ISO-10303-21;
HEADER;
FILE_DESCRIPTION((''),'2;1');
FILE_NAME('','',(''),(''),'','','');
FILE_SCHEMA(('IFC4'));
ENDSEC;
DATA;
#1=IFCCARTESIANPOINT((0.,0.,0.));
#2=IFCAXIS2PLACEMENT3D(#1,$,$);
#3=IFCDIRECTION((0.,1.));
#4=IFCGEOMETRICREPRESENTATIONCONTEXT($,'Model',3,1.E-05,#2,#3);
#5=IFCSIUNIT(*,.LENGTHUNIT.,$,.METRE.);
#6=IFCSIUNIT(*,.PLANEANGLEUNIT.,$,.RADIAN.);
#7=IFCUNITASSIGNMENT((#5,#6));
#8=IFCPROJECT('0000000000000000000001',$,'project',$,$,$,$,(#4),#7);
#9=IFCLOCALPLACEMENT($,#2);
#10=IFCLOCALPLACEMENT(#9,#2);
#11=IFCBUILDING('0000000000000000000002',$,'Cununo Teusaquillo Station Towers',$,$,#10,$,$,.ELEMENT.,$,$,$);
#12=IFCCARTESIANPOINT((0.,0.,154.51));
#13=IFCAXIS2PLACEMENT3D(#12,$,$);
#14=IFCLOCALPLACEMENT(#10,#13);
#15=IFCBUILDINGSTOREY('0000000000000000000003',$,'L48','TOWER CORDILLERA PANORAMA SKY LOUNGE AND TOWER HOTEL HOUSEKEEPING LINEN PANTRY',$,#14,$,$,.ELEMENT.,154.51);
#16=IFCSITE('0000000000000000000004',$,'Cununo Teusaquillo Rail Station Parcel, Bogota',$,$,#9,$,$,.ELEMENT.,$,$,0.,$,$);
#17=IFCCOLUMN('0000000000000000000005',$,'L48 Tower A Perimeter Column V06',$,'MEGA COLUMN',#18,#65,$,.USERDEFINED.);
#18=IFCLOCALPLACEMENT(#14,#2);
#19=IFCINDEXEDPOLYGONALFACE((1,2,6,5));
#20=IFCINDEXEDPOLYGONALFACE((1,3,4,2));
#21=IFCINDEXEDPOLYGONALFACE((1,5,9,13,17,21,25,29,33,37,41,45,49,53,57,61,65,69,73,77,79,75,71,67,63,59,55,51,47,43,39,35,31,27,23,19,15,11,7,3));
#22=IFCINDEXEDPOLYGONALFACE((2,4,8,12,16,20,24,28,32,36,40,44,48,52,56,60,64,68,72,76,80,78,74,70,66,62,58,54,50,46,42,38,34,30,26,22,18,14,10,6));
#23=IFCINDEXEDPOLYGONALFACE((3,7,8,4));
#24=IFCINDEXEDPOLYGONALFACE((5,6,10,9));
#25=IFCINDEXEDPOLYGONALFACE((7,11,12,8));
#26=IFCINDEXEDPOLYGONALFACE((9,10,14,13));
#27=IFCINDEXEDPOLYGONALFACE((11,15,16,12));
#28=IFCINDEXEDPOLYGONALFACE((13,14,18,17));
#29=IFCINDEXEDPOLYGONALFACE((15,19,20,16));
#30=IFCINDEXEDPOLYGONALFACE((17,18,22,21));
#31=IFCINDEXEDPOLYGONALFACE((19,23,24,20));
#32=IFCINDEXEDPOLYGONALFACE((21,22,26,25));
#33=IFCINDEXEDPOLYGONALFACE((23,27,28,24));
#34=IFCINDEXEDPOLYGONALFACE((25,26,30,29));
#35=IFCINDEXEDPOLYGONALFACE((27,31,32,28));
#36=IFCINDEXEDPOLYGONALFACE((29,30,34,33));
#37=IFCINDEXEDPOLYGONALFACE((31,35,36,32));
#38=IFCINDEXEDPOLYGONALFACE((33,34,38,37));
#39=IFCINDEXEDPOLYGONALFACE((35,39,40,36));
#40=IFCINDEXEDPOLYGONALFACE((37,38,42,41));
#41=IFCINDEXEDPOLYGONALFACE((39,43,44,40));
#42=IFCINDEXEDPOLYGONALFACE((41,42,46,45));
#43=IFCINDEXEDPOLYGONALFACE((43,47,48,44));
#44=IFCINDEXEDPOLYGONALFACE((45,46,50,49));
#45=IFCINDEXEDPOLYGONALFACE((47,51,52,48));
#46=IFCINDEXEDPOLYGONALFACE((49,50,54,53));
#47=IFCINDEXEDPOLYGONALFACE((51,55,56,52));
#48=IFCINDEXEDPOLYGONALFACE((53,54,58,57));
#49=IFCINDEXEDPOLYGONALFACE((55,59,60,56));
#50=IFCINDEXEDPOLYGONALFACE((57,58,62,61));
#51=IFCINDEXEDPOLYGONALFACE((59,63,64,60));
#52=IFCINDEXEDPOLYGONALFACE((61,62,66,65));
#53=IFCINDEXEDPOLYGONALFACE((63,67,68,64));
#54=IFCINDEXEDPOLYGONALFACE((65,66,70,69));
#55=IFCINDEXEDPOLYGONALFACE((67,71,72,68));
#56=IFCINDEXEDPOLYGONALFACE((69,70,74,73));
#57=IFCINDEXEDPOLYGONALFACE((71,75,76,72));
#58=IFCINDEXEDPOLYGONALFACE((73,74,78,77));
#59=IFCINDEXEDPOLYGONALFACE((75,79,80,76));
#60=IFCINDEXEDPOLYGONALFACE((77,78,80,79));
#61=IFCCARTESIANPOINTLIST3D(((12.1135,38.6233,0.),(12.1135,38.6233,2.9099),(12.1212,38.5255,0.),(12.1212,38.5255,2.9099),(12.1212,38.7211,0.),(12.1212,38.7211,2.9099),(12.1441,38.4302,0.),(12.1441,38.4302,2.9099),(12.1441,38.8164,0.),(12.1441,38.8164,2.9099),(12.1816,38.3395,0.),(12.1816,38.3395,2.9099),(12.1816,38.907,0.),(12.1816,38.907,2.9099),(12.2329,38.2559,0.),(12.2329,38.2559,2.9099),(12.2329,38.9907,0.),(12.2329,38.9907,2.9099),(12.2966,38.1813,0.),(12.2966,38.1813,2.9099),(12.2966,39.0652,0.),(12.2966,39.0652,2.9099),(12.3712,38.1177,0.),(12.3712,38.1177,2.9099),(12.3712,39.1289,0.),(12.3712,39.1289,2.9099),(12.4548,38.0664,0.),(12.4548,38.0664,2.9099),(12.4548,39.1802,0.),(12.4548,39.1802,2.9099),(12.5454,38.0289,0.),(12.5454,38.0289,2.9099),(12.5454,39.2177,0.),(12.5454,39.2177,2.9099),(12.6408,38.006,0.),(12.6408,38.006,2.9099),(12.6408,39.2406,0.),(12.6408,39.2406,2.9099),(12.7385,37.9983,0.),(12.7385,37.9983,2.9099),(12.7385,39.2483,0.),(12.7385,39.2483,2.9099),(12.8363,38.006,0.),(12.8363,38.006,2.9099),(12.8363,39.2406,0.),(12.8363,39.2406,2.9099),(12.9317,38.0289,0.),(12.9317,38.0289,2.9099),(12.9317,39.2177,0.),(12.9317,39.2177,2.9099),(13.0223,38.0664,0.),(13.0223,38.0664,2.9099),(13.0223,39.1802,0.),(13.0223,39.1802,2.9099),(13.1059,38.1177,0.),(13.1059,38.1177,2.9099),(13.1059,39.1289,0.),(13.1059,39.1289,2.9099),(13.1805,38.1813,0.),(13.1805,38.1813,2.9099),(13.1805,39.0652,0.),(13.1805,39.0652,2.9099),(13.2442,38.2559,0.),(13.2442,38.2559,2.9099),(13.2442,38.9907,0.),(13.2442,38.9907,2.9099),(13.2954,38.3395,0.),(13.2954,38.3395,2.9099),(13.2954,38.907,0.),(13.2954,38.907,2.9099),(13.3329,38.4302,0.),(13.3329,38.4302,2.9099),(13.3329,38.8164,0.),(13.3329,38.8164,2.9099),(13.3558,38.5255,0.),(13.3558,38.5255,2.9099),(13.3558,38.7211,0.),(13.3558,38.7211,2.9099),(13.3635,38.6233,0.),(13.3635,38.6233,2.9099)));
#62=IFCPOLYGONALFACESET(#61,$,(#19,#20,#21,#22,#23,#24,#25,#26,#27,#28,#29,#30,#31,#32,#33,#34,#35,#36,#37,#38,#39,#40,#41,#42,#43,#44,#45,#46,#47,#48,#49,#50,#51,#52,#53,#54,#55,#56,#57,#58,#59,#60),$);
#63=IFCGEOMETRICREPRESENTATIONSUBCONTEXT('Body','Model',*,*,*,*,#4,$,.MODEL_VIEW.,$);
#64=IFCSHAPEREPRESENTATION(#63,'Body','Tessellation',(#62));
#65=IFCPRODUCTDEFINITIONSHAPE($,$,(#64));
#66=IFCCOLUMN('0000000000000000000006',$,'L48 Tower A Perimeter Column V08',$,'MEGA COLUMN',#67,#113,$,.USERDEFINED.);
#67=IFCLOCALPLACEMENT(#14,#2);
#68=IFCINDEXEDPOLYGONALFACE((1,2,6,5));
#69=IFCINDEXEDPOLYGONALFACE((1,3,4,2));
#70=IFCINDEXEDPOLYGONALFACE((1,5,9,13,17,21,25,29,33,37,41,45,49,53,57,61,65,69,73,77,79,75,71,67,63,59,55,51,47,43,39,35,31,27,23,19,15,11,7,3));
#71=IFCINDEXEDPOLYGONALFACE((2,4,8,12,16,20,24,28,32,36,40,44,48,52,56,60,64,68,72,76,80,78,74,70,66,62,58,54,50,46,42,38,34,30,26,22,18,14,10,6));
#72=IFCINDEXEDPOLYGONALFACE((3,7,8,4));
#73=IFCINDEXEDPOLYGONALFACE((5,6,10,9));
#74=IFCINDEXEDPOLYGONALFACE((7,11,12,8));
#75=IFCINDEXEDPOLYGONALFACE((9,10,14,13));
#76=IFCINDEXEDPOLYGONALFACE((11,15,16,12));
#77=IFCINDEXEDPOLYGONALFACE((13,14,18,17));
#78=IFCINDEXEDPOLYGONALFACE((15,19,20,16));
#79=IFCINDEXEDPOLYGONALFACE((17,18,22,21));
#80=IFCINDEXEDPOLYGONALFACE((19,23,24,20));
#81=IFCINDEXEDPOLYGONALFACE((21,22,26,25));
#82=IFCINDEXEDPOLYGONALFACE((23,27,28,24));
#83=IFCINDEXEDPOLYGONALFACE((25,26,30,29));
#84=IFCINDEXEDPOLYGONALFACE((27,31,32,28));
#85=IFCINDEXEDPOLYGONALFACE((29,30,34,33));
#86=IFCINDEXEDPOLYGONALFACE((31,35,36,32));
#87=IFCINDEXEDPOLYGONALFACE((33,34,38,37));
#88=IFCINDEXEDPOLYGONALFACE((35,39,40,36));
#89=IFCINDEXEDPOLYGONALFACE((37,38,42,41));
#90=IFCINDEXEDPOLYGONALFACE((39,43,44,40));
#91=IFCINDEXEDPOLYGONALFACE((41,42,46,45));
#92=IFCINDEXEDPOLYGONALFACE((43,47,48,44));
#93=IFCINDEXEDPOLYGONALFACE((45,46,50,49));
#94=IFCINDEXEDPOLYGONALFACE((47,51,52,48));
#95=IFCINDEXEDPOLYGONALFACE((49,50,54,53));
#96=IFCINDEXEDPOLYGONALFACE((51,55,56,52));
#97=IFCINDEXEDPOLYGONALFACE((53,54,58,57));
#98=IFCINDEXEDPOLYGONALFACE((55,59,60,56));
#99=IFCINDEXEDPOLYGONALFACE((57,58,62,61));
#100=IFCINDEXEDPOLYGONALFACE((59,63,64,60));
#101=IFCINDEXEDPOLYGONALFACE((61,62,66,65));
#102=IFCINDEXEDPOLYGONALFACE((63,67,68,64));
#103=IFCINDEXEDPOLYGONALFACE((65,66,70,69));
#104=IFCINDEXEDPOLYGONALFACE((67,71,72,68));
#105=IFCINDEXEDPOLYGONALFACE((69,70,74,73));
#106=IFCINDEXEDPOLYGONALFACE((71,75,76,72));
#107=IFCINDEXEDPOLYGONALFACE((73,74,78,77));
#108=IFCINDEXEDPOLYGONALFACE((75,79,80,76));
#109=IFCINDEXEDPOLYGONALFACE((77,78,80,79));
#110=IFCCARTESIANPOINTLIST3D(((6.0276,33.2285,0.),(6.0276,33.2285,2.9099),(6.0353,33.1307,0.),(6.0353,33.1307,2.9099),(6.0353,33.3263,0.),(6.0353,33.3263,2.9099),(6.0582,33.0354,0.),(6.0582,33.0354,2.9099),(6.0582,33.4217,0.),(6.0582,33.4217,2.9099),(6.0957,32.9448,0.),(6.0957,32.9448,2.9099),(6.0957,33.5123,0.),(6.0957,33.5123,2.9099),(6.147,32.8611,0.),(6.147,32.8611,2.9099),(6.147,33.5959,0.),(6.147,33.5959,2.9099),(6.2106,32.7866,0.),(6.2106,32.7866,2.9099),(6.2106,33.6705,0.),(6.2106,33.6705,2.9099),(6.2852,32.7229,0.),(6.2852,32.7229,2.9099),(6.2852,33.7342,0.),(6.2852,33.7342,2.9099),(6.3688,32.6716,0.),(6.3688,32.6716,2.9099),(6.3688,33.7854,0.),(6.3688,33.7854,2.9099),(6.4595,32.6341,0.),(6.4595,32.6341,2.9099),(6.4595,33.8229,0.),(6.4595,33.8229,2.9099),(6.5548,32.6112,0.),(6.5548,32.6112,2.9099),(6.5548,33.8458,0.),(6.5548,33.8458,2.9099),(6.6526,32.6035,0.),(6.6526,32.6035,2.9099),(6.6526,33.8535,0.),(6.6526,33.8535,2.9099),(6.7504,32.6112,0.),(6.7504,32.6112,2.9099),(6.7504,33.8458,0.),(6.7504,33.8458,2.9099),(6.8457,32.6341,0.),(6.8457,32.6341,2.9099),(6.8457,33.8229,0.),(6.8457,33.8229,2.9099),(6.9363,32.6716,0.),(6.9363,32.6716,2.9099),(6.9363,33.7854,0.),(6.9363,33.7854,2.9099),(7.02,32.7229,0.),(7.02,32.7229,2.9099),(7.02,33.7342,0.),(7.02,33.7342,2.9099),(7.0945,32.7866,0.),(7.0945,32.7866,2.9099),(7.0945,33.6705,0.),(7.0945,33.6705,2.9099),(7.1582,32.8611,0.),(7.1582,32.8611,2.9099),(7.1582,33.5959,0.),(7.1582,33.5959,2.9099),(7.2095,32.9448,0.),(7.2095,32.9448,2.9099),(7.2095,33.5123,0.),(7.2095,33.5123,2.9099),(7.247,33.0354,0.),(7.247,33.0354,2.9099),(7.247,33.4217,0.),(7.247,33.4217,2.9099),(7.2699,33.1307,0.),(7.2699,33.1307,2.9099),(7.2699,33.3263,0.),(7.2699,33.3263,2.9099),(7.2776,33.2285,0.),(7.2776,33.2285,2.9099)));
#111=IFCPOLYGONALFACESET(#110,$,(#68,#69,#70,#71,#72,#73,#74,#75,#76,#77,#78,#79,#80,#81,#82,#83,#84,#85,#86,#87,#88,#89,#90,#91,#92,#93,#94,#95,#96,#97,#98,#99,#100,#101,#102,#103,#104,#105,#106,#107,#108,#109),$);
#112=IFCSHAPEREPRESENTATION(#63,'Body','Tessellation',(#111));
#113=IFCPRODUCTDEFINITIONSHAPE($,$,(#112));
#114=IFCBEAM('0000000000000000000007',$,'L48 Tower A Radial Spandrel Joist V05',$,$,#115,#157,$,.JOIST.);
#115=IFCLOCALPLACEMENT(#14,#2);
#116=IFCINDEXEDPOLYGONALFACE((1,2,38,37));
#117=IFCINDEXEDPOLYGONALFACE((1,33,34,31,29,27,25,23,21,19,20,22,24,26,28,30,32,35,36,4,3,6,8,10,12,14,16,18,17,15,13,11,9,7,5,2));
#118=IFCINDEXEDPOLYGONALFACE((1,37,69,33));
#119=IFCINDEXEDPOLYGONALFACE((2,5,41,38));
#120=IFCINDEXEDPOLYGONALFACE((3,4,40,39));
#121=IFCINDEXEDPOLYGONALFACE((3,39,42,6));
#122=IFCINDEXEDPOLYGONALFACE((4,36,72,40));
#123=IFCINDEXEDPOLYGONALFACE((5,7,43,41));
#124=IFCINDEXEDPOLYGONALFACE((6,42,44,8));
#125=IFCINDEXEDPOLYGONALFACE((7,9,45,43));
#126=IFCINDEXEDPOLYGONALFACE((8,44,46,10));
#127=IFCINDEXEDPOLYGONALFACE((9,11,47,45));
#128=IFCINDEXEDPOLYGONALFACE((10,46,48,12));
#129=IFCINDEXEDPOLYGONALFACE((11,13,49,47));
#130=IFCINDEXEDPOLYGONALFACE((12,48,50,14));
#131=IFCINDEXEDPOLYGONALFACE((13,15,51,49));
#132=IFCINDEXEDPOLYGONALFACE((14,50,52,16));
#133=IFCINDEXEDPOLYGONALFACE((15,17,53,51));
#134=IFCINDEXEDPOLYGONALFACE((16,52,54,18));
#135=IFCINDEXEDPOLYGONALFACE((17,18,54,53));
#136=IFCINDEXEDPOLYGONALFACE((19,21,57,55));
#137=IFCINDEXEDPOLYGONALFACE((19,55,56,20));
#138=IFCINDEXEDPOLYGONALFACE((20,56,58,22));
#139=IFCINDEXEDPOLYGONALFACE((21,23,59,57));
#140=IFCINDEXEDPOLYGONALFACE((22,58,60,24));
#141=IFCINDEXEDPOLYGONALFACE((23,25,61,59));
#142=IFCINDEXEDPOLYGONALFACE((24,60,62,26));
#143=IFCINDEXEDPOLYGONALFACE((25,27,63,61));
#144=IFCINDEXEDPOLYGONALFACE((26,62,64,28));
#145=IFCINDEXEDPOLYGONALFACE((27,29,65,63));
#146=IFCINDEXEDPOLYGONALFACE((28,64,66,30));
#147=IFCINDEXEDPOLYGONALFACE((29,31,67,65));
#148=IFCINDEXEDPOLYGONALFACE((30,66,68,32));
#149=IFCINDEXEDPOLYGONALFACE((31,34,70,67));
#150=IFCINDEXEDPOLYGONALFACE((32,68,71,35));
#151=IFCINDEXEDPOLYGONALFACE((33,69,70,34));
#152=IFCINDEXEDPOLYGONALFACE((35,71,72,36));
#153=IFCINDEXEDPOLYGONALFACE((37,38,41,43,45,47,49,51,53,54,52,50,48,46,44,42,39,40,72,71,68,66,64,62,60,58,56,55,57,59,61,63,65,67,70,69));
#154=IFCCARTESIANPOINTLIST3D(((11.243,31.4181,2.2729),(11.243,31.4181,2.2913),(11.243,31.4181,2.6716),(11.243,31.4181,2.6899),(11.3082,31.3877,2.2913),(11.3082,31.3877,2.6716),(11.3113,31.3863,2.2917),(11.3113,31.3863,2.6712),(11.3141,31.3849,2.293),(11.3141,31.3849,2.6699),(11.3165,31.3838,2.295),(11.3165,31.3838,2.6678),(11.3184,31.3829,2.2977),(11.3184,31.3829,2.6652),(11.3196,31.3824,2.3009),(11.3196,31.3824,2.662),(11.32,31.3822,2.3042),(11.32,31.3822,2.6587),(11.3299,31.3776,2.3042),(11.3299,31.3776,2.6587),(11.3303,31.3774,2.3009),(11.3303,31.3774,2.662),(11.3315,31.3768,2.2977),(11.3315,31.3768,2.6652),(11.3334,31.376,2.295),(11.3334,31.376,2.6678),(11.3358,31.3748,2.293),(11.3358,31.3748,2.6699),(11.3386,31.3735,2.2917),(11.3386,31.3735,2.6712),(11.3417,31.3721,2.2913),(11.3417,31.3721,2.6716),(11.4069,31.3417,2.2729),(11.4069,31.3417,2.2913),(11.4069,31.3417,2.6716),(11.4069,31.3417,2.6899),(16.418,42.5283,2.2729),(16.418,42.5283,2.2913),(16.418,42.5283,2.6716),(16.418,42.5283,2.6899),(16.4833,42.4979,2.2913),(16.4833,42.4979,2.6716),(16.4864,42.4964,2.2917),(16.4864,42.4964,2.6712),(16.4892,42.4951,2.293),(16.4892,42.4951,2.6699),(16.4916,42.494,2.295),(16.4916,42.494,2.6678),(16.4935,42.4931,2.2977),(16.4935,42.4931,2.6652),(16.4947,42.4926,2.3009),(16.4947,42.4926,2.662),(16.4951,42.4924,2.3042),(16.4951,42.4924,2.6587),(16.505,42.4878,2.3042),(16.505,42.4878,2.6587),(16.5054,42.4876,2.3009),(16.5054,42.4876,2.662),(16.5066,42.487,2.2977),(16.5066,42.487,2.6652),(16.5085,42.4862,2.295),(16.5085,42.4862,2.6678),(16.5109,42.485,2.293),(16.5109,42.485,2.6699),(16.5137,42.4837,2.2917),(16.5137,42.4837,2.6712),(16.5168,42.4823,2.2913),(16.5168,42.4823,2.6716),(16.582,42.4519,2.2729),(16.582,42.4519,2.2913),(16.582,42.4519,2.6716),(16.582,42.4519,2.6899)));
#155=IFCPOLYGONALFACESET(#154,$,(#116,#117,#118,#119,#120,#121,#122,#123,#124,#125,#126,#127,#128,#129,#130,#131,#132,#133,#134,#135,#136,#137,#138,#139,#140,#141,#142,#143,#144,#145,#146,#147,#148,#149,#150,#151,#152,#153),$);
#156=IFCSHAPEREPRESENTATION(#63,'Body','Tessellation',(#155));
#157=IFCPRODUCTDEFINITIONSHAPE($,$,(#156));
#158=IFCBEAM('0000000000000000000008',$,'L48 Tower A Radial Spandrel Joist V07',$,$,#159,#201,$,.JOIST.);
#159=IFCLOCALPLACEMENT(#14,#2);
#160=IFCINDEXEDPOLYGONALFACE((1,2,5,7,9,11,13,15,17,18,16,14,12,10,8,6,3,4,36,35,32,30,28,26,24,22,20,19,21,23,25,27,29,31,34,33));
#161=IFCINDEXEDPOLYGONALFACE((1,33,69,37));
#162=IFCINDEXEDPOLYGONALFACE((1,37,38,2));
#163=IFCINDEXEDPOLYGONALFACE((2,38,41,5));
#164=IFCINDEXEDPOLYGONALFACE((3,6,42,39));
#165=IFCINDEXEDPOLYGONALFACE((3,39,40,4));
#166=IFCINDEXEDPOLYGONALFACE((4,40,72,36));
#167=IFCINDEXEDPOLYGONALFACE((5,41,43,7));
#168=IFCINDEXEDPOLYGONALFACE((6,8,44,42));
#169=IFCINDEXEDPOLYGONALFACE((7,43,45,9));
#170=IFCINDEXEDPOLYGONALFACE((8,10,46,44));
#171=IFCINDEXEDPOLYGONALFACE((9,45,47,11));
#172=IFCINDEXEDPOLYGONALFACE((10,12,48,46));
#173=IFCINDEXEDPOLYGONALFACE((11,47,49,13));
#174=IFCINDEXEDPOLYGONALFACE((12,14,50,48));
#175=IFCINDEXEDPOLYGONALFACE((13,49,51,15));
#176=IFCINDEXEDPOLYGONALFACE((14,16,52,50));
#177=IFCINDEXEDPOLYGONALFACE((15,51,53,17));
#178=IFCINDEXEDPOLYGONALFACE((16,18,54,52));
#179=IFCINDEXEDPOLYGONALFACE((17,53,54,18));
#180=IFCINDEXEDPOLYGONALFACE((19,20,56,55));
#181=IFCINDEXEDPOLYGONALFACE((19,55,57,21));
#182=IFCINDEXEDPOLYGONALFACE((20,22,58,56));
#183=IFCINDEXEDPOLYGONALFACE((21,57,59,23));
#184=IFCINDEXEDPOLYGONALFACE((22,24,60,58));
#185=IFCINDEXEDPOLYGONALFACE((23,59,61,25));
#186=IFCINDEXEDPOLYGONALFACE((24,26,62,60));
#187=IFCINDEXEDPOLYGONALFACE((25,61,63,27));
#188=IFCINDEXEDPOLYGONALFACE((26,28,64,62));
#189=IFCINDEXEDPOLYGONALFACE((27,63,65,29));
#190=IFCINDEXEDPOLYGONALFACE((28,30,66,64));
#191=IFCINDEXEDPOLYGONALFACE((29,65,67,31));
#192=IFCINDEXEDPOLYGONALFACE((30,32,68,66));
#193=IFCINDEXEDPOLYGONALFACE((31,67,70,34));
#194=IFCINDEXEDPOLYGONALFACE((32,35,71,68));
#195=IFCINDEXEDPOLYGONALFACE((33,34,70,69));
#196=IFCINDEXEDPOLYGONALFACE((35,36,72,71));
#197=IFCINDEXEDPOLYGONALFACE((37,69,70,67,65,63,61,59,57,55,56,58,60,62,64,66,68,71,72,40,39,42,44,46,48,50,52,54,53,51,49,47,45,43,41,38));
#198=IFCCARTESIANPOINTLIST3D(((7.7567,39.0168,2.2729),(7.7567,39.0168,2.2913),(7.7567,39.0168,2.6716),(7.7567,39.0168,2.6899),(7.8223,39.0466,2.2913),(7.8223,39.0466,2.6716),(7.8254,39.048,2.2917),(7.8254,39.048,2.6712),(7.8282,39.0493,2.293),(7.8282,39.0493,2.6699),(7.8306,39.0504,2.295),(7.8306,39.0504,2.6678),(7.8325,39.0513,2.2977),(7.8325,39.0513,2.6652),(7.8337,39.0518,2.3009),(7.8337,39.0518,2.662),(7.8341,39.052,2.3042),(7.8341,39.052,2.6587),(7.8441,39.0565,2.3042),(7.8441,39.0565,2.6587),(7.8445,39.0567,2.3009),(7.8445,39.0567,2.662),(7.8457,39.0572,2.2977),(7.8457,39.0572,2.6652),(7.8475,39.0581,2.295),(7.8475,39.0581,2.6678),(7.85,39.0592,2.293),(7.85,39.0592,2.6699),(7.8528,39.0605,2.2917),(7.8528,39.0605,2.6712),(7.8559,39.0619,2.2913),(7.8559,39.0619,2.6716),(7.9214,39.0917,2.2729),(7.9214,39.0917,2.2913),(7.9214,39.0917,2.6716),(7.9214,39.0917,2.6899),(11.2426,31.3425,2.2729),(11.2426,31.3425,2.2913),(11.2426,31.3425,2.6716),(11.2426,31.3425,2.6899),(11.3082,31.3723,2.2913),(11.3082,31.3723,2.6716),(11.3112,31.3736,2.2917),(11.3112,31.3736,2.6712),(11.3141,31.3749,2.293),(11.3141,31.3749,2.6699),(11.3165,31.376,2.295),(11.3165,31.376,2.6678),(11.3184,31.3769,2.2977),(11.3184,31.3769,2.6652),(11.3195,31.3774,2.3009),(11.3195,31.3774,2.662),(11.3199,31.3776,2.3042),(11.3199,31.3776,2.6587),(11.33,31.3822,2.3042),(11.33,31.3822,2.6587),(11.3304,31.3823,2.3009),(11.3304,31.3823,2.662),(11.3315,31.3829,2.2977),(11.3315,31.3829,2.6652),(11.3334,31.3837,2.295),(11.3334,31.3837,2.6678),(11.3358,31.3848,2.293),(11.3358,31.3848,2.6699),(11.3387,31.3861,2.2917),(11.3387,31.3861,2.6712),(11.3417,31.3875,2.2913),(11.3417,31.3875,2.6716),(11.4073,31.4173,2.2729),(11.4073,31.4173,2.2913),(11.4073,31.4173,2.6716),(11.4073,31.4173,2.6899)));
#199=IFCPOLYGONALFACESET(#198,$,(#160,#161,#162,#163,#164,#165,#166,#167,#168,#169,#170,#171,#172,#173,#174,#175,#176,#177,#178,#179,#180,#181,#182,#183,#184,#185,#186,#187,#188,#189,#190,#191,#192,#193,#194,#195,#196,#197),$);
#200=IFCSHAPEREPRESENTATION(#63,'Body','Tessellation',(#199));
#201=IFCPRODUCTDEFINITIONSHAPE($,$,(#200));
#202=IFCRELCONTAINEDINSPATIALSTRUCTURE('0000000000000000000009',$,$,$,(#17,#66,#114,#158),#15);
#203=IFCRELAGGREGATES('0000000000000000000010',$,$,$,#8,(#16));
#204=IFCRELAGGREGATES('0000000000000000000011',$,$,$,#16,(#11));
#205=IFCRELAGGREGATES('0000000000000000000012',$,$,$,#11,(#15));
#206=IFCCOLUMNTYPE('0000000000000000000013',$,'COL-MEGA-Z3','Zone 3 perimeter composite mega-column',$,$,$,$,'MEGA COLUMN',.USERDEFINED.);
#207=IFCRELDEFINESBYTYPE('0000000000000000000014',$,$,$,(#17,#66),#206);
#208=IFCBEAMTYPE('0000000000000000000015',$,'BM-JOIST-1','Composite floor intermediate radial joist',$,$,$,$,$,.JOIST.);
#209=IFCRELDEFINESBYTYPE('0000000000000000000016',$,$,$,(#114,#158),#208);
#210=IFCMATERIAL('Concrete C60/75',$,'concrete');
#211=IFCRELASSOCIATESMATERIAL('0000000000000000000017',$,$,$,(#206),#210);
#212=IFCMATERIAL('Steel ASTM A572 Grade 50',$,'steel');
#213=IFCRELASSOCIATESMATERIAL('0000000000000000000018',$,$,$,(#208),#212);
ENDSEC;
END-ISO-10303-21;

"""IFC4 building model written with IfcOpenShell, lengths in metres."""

from ifc_helpers import new_model, si_unit, direction, frame, origin, origin_2d, place, context, subcontext, project, spatial, circle, i_section, extrude, material, material_profile, profile_set, type_object, element, save


model = new_model("IFC4")

# Units and contexts
model_context = context("Model", 3, precision=1e-05, world=origin(), true_north=direction((0.0, 1.0)))
body_context = subcontext(model_context, "Body", "Model", "MODEL_VIEW")
ifc_project = project(units=[si_unit("LENGTHUNIT", "METRE"), si_unit("PLANEANGLEUNIT", "RADIAN")], contexts=[model_context])

# Site, building, storey
site_placement = place(None, origin())
site = spatial("IfcSite", under=ifc_project, at=site_placement, Name="Cununo Teusaquillo Rail Station Parcel, Bogota", CompositionType="ELEMENT", RefElevation=0.0)
building_placement = place(site_placement, origin())
building = spatial("IfcBuilding", under=site, at=building_placement, Name="Cununo Teusaquillo Station Towers", CompositionType="ELEMENT")
storey_placement = place(building_placement, frame((0.0, 0.0, 154.51)))
storey = spatial("IfcBuildingStorey", under=building, at=storey_placement, Name="L48", Description="TOWER CORDILLERA PANORAMA SKY LOUNGE AND TOWER HOTEL HOUSEKEEPING LINEN PANTRY", CompositionType="ELEMENT", Elevation=154.51)

# Columns
ifc_material_1 = material(Name="Concrete C60/75", Category="concrete")
ifc_material_profile_1 = material_profile(ifc_material_1, circle(Radius=0.625, at=origin_2d()), Name="RC-CIRC-1250")
ifc_profile_set_1 = profile_set([ifc_material_profile_1], Name="Concrete C60/75")
column_type = type_object("IfcColumnType", Name="COL-MEGA-Z3", Description="Zone 3 perimeter composite mega-column", ElementType="MEGA COLUMN", PredefinedType="USERDEFINED", material=ifc_profile_set_1)
for number, where, z_axis, x_axis, name in (
    (1, (12.7385, 38.6233, 0.0), (0.0, 0.0, 1.0), (1.0, 0.0, 0.0), "L48 Tower A Perimeter Column V06"),
    (2, (6.6526, 33.2285, 0.0), (0.0, 0.0, 1.0), (1.0, 0.0, 0.0), "L48 Tower A Perimeter Column V08"),
):
    element("IfcColumn", number, at=place(storey_placement, frame(where, z_axis=z_axis, x_axis=x_axis)), inside=storey, type_object=column_type, Name=name, ObjectType="MEGA COLUMN", PredefinedType="USERDEFINED", context=body_context, shape_type="SweptSolid", body=[
        extrude(circle(Radius=0.625, at=origin_2d()), origin(), (0.0, 0.0, 1.0), 2.9099),
    ])

# Beams
ifc_material_2 = material(Name="Steel ASTM A572 Grade 50", Category="steel")
ifc_material_profile_2 = material_profile(ifc_material_2, i_section(OverallWidth=0.1809, OverallDepth=0.417, WebThickness=0.011, FlangeThickness=0.0183, FilletRadius=0.0129, at=origin_2d()), Name="W16X57")
ifc_profile_set_2 = profile_set([ifc_material_profile_2], Name="Steel ASTM A572 Grade 50")
beam_type_1 = type_object("IfcBeamType", Name="BM-JOIST-1", Description="Composite floor intermediate radial joist", PredefinedType="JOIST", material=ifc_profile_set_2)
beam_1_placement = place(storey_placement, frame((11.325, 31.3799, 2.4814), z_axis=(0.422238, 0.906485, 0.0), x_axis=(-0.906485, 0.422238, 0.0)))
element("IfcBeam", 3, at=beam_1_placement, inside=storey, type_object=beam_type_1, Name="L48 Tower A Radial Spandrel Joist V05", PredefinedType="JOIST", context=body_context, shape_type="SweptSolid", body=[
    extrude(i_section(OverallWidth=0.1809, OverallDepth=0.417, WebThickness=0.011, FlangeThickness=0.0183, FilletRadius=0.0129, at=origin_2d()), origin(), (0.0, 0.0, 1.0), 12.2563),
])
beam_2_placement = place(storey_placement, frame((11.325, 31.3799, 2.4814), z_axis=(-0.413559, 0.910478, 0.0), x_axis=(-0.910478, -0.413559, 0.0)))
element("IfcBeam", 4, at=beam_2_placement, inside=storey, type_object=beam_type_1, Name="L48 Tower A Radial Spandrel Joist V07", PredefinedType="JOIST", context=body_context, shape_type="SweptSolid", body=[
    extrude(i_section(OverallWidth=0.1809, OverallDepth=0.417, WebThickness=0.011, FlangeThickness=0.0183, FilletRadius=0.0129, at=origin_2d()), origin(), (0.0, 0.0, 1.0), 8.429),
])

save(model, "model.ifc")
